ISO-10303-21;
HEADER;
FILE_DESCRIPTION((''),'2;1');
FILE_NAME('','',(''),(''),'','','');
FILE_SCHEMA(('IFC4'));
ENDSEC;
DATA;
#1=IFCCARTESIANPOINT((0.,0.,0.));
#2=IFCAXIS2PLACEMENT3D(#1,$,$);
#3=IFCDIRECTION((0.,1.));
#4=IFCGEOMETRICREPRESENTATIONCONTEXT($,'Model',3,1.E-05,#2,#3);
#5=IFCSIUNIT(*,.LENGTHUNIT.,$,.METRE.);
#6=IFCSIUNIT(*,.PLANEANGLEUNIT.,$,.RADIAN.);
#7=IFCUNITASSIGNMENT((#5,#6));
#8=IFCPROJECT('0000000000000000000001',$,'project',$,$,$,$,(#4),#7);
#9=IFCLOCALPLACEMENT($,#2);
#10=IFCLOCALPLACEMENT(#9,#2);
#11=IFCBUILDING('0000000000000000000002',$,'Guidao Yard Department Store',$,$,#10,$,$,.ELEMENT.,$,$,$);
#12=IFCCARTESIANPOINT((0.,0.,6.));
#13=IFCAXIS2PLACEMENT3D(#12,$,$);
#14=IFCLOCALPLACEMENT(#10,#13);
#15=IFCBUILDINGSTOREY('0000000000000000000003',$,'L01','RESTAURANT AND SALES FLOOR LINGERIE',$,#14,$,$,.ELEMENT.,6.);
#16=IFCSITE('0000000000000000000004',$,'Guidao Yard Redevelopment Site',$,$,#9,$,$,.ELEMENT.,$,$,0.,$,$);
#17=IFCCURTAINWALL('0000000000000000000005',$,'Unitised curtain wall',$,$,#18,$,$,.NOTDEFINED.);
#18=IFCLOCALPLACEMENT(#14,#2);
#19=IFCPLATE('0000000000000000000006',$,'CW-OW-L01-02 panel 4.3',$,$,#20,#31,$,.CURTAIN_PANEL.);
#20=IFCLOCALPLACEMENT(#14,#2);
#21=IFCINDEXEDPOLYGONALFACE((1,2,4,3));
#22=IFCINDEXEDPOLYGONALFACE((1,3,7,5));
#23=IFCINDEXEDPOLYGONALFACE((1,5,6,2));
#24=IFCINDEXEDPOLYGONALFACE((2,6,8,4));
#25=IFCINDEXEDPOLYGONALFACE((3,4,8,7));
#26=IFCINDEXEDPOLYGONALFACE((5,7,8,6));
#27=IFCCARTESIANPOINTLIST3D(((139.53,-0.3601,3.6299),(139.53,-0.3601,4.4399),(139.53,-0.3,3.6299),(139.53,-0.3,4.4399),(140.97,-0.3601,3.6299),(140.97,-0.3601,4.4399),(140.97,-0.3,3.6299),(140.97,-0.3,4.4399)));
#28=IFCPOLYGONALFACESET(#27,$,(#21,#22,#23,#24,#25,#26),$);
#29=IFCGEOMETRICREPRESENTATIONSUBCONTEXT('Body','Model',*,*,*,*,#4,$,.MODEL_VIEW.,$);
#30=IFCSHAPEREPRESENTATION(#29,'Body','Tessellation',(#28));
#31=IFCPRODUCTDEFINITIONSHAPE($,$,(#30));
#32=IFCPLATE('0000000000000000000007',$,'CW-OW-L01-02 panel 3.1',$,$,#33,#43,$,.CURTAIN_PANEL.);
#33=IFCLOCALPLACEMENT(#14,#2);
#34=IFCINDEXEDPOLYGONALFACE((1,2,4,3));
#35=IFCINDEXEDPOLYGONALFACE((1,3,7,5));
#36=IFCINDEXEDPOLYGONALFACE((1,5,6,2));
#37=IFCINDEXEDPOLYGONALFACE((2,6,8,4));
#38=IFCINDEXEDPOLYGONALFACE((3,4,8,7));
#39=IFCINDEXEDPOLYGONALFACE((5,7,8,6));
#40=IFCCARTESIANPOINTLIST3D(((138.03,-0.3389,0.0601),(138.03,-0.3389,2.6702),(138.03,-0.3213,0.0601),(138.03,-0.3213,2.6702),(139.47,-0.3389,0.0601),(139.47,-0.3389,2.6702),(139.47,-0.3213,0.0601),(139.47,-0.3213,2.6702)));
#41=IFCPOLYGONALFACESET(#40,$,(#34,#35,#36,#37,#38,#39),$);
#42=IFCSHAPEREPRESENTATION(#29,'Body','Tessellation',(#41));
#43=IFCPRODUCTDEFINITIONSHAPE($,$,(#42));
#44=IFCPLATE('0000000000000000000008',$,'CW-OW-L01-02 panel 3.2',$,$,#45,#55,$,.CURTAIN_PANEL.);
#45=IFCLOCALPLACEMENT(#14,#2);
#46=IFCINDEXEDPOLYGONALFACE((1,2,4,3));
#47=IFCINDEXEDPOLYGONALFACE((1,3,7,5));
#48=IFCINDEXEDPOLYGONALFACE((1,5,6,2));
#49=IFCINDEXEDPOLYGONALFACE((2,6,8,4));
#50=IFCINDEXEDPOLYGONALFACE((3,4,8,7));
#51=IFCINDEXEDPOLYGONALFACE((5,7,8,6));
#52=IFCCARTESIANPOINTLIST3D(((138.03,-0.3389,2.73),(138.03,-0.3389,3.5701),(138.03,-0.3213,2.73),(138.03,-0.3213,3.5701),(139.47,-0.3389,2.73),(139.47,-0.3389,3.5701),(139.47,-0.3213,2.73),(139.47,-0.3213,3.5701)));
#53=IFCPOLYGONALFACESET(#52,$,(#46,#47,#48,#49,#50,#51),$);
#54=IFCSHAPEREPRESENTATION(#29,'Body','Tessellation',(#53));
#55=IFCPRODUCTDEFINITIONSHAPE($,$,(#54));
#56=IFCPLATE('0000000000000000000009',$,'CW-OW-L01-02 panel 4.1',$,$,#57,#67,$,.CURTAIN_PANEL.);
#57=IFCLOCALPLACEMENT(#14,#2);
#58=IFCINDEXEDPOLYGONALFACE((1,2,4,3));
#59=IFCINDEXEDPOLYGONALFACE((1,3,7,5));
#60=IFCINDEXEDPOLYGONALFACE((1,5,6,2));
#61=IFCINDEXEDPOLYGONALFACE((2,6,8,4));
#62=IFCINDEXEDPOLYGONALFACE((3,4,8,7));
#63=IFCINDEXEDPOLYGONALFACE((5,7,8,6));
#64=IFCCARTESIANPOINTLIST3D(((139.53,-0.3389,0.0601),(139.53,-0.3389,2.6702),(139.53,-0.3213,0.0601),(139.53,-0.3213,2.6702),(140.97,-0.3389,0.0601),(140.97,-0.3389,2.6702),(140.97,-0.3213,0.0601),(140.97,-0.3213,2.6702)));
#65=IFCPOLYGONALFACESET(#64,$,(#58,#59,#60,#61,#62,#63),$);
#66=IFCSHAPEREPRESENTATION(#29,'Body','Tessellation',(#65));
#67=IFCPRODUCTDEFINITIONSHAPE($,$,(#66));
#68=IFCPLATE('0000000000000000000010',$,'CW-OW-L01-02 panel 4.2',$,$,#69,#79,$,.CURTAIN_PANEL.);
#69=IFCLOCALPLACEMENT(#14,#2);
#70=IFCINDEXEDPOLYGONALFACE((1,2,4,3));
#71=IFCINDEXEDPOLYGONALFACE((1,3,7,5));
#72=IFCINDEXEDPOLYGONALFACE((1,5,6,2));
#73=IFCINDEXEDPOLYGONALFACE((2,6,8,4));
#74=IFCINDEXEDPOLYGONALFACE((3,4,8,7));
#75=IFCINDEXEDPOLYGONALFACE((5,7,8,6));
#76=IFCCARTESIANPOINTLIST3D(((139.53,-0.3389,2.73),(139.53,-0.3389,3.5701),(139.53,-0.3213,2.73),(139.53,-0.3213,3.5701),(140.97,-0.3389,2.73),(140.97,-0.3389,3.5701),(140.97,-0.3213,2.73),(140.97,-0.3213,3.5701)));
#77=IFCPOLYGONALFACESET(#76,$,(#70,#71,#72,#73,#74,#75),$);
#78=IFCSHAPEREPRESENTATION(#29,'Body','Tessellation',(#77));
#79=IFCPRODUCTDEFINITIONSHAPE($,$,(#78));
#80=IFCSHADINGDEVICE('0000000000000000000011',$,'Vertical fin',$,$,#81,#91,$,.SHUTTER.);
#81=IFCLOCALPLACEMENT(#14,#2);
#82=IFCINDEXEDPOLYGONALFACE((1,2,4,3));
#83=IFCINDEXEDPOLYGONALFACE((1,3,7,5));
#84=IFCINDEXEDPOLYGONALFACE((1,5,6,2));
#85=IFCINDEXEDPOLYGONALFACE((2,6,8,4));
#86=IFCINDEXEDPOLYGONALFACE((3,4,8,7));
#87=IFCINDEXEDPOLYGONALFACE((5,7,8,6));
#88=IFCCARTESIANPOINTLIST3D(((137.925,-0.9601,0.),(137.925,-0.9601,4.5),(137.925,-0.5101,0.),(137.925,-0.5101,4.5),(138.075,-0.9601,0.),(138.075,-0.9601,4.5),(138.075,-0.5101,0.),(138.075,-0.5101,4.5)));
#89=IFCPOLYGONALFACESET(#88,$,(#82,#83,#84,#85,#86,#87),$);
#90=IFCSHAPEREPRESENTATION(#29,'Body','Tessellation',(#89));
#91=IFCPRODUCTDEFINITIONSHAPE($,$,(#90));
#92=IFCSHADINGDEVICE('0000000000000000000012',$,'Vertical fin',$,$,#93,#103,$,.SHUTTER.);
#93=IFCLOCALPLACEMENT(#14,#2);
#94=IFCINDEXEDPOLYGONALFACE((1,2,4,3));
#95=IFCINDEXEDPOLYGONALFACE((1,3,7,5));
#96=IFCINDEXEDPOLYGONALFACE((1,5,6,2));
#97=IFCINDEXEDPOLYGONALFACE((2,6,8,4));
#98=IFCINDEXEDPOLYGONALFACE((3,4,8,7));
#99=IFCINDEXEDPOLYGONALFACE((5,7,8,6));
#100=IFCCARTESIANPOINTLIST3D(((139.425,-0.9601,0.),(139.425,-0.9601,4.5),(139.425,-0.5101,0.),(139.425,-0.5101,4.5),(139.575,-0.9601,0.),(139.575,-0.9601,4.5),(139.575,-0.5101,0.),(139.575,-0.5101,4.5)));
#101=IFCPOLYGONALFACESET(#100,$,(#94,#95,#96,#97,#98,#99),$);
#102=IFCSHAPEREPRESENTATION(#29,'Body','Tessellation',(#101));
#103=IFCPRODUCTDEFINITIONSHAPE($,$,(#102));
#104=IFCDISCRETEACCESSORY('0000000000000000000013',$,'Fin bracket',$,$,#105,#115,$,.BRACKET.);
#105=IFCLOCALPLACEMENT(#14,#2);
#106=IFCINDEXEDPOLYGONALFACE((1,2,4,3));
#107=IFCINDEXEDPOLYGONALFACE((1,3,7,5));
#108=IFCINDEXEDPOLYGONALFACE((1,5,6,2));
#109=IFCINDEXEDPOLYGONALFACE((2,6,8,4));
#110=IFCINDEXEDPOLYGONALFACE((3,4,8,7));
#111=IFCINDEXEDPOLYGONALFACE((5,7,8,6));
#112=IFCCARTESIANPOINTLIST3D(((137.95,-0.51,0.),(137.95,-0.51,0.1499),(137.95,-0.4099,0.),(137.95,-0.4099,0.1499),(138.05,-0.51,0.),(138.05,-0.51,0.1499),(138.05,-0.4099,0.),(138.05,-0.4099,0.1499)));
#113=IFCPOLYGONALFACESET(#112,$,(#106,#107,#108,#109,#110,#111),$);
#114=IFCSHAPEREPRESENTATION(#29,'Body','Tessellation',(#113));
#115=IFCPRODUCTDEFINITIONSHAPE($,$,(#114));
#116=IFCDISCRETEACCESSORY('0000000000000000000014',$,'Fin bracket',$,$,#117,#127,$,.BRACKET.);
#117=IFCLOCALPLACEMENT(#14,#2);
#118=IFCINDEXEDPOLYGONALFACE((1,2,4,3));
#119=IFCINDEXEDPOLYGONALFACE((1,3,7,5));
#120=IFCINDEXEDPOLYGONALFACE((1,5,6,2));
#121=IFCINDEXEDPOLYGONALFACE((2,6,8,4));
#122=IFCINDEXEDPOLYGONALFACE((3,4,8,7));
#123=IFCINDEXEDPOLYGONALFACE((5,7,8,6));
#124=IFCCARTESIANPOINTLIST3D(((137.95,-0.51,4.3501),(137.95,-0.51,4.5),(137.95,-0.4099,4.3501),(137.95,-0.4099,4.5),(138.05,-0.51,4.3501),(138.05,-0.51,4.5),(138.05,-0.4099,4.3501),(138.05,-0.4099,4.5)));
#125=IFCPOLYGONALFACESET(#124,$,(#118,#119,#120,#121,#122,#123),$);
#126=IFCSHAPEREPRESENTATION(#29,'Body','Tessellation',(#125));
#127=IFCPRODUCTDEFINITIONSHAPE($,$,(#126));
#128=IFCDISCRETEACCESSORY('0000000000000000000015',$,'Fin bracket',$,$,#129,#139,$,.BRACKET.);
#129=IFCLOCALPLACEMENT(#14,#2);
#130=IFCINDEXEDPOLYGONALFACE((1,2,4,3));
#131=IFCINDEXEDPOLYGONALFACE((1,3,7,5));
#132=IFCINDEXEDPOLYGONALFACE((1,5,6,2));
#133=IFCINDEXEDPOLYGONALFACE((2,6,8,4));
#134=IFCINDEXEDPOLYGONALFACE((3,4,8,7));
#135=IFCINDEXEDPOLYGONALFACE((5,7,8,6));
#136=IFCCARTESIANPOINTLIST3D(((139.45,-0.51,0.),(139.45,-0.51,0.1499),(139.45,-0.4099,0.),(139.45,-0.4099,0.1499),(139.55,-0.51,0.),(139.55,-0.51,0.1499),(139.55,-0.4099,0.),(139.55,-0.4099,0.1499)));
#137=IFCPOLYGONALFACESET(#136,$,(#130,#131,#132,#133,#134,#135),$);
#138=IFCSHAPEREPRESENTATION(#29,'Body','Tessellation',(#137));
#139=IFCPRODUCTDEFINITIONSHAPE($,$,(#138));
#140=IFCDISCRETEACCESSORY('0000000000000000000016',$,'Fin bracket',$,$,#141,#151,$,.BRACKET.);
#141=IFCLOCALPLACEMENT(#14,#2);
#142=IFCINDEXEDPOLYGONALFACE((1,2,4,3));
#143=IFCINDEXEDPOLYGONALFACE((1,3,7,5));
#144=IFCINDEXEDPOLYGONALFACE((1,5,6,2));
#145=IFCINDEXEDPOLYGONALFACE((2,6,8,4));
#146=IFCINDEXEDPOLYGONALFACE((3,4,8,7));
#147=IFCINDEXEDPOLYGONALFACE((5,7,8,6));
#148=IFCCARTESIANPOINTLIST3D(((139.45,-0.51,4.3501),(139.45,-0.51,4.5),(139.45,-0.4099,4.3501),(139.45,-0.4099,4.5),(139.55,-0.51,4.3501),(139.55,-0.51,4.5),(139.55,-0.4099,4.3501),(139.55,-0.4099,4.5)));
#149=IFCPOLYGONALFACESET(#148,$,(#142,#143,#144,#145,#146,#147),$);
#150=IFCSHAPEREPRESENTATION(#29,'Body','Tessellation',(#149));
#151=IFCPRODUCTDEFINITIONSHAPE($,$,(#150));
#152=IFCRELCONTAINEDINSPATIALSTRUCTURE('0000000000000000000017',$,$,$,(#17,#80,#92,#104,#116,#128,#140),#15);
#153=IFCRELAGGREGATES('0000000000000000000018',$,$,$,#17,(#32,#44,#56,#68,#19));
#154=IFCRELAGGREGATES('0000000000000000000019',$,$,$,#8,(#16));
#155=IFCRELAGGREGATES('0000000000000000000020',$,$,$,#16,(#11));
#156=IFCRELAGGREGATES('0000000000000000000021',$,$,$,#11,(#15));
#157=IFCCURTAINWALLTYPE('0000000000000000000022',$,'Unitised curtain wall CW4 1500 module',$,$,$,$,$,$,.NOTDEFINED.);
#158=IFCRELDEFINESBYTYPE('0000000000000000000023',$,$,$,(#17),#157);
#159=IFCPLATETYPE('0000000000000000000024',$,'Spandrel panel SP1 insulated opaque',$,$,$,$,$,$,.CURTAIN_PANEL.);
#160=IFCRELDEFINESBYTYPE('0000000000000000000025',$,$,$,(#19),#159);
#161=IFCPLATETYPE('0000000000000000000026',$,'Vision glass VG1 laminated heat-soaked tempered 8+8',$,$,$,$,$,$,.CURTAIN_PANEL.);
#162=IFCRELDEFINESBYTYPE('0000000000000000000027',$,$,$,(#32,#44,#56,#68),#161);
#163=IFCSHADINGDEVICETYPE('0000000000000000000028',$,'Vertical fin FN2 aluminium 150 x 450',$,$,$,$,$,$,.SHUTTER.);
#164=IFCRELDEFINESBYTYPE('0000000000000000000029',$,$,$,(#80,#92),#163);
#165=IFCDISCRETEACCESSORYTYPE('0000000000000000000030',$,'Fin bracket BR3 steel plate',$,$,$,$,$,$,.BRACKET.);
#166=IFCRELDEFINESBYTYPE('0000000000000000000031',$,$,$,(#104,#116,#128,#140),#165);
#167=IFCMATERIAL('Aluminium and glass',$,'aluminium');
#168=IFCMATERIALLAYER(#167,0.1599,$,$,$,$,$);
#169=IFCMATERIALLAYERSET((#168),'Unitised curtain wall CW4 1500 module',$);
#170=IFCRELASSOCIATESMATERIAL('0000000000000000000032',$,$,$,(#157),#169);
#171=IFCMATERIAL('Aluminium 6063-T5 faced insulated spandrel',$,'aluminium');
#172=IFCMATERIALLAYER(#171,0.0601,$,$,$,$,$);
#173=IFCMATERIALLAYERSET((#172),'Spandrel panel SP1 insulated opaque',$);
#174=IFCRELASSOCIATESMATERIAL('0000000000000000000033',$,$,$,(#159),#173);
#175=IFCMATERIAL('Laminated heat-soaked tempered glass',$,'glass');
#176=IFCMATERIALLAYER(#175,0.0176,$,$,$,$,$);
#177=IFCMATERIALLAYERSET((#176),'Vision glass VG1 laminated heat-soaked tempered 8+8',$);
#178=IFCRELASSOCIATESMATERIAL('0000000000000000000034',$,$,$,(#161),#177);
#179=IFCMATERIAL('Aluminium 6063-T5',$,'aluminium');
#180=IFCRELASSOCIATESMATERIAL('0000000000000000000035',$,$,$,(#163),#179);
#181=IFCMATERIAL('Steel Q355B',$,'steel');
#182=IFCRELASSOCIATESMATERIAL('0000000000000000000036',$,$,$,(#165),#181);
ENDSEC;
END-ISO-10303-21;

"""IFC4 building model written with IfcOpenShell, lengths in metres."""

from ifc_helpers import new_model, si_unit, direction, frame, origin, origin_2d, place, context, subcontext, project, spatial, rectangle, extrude, material, layer, layer_set, type_object, element, aggregate, save


model = new_model("IFC4")

# Units and contexts
model_context = context("Model", 3, precision=1e-05, world=origin(), true_north=direction((0.0, 1.0)))
body_context = subcontext(model_context, "Body", "Model", "MODEL_VIEW")
ifc_project = project(units=[si_unit("LENGTHUNIT", "METRE"), si_unit("PLANEANGLEUNIT", "RADIAN")], contexts=[model_context])

# Site, building, storey
site_placement = place(None, origin())
site = spatial("IfcSite", under=ifc_project, at=site_placement, Name="Guidao Yard Redevelopment Site", CompositionType="ELEMENT", RefElevation=0.0)
building_placement = place(site_placement, origin())
building = spatial("IfcBuilding", under=site, at=building_placement, Name="Guidao Yard Department Store", CompositionType="ELEMENT")
storey_placement = place(building_placement, frame((0.0, 0.0, 6.0)))
storey = spatial("IfcBuildingStorey", under=building, at=storey_placement, Name="L01", Description="RESTAURANT AND SALES FLOOR LINGERIE", CompositionType="ELEMENT", Elevation=6.0)

# Curtain wall, plates
ifc_material_1 = material(Name="Aluminium and glass", Category="aluminium")
ifc_layer_1 = layer(ifc_material_1, 0.1599)
ifc_layer_set_1 = layer_set([ifc_layer_1], Name="Unitised curtain wall CW4 1500 module")
curtain_wall_type = type_object("IfcCurtainWallType", Name="Unitised curtain wall CW4 1500 module", PredefinedType="NOTDEFINED", material=ifc_layer_set_1)
curtain_wall_placement = place(storey_placement, origin())
curtain_wall = element("IfcCurtainWall", 1, at=curtain_wall_placement, inside=storey, type_object=curtain_wall_type, Name="Unitised curtain wall", PredefinedType="NOTDEFINED")
ifc_material_2 = material(Name="Aluminium 6063-T5 faced insulated spandrel", Category="aluminium")
ifc_layer_2 = layer(ifc_material_2, 0.0601)
ifc_layer_set_2 = layer_set([ifc_layer_2], Name="Spandrel panel SP1 insulated opaque")
plate_type_1 = type_object("IfcPlateType", Name="Spandrel panel SP1 insulated opaque", PredefinedType="CURTAIN_PANEL", material=ifc_layer_set_2)
plate_1_placement = place(storey_placement, frame((140.25, -0.3301, 3.6299), z_axis=(0.0, 0.0, 1.0), x_axis=(-1.0, 0.0, 0.0)))
plate_1 = element("IfcPlate", 2, at=plate_1_placement, type_object=plate_type_1, Name="CW-OW-L01-02 panel 4.3", PredefinedType="CURTAIN_PANEL", context=body_context, shape_type="SweptSolid", body=[
    extrude(rectangle(XDim=1.4399, YDim=0.0601, at=origin_2d()), origin(), (0.0, 0.0, 1.0), 0.8101),
])
ifc_material_3 = material(Name="Laminated heat-soaked tempered glass", Category="glass")
ifc_layer_3 = layer(ifc_material_3, 0.0176)
ifc_layer_set_3 = layer_set([ifc_layer_3], Name="Vision glass VG1 laminated heat-soaked tempered 8+8")
plate_type_2 = type_object("IfcPlateType", Name="Vision glass VG1 laminated heat-soaked tempered 8+8", PredefinedType="CURTAIN_PANEL", material=ifc_layer_set_3)
plate_2_placement = place(storey_placement, frame((138.75, -0.3301, 0.0601), z_axis=(0.0, 0.0, 1.0), x_axis=(-1.0, 0.0, 0.0)))
plate_2 = element("IfcPlate", 3, at=plate_2_placement, type_object=plate_type_2, Name="CW-OW-L01-02 panel 3.1", PredefinedType="CURTAIN_PANEL", context=body_context, shape_type="SweptSolid", body=[
    extrude(rectangle(XDim=1.4399, YDim=0.0176, at=origin_2d()), origin(), (0.0, 0.0, 1.0), 2.6101),
])
plate_3_placement = place(storey_placement, frame((138.75, -0.3301, 2.73), z_axis=(0.0, 0.0, 1.0), x_axis=(-1.0, 0.0, 0.0)))
plate_3 = element("IfcPlate", 4, at=plate_3_placement, type_object=plate_type_2, Name="CW-OW-L01-02 panel 3.2", PredefinedType="CURTAIN_PANEL", context=body_context, shape_type="SweptSolid", body=[
    extrude(rectangle(XDim=1.4399, YDim=0.0176, at=origin_2d()), origin(), (0.0, 0.0, 1.0), 0.8401),
])
plate_4_placement = place(storey_placement, frame((140.25, -0.3301, 0.0601), z_axis=(0.0, 0.0, 1.0), x_axis=(-1.0, 0.0, 0.0)))
plate_4 = element("IfcPlate", 5, at=plate_4_placement, type_object=plate_type_2, Name="CW-OW-L01-02 panel 4.1", PredefinedType="CURTAIN_PANEL", context=body_context, shape_type="SweptSolid", body=[
    extrude(rectangle(XDim=1.4399, YDim=0.0176, at=origin_2d()), origin(), (0.0, 0.0, 1.0), 2.6101),
])
plate_5_placement = place(storey_placement, frame((140.25, -0.3301, 2.73), z_axis=(0.0, 0.0, 1.0), x_axis=(-1.0, 0.0, 0.0)))
plate_5 = element("IfcPlate", 6, at=plate_5_placement, type_object=plate_type_2, Name="CW-OW-L01-02 panel 4.2", PredefinedType="CURTAIN_PANEL", context=body_context, shape_type="SweptSolid", body=[
    extrude(rectangle(XDim=1.4399, YDim=0.0176, at=origin_2d()), origin(), (0.0, 0.0, 1.0), 0.8401),
])
aggregate(curtain_wall, [plate_2, plate_3, plate_4, plate_5, plate_1])

# Shading devices
ifc_material_4 = material(Name="Aluminium 6063-T5", Category="aluminium")
shading_device_type = type_object("IfcShadingDeviceType", Name="Vertical fin FN2 aluminium 150 x 450", PredefinedType="SHUTTER", material=ifc_material_4)
for number, where, z_axis, x_axis, name in (
    (7, (138.0, -0.7351, 0.0), (0.0, 0.0, 1.0), (-1.0, 0.0, 0.0), "Vertical fin"),
    (8, (139.5, -0.7351, 0.0), (0.0, 0.0, 1.0), (-1.0, 0.0, 0.0), "Vertical fin"),
):
    element("IfcShadingDevice", number, at=place(storey_placement, frame(where, z_axis=z_axis, x_axis=x_axis)), inside=storey, type_object=shading_device_type, Name=name, PredefinedType="SHUTTER", context=body_context, shape_type="SweptSolid", body=[
        extrude(rectangle(XDim=0.1499, YDim=0.45, at=origin_2d()), origin(), (0.0, 0.0, 1.0), 4.5),
    ])

# Discrete accessories
ifc_material_5 = material(Name="Steel Q355B", Category="steel")
discrete_accessory_type = type_object("IfcDiscreteAccessoryType", Name="Fin bracket BR3 steel plate", PredefinedType="BRACKET", material=ifc_material_5)
for number, where, z_axis, x_axis, name in (
    (9, (138.0, -0.46, 0.0), (0.0, 0.0, 1.0), (-1.0, 0.0, 0.0), "Fin bracket"),
    (10, (138.0, -0.46, 4.3501), (0.0, 0.0, 1.0), (-1.0, 0.0, 0.0), "Fin bracket"),
    (11, (139.5, -0.46, 0.0), (0.0, 0.0, 1.0), (-1.0, 0.0, 0.0), "Fin bracket"),
    (12, (139.5, -0.46, 4.3501), (0.0, 0.0, 1.0), (-1.0, 0.0, 0.0), "Fin bracket"),
):
    element("IfcDiscreteAccessory", number, at=place(storey_placement, frame(where, z_axis=z_axis, x_axis=x_axis)), inside=storey, type_object=discrete_accessory_type, Name=name, PredefinedType="BRACKET", context=body_context, shape_type="SweptSolid", body=[
        extrude(rectangle(XDim=0.1001, YDim=0.1001, at=origin_2d()), origin(), (0.0, 0.0, 1.0), 0.1499),
    ])

save(model, "model.ifc")
